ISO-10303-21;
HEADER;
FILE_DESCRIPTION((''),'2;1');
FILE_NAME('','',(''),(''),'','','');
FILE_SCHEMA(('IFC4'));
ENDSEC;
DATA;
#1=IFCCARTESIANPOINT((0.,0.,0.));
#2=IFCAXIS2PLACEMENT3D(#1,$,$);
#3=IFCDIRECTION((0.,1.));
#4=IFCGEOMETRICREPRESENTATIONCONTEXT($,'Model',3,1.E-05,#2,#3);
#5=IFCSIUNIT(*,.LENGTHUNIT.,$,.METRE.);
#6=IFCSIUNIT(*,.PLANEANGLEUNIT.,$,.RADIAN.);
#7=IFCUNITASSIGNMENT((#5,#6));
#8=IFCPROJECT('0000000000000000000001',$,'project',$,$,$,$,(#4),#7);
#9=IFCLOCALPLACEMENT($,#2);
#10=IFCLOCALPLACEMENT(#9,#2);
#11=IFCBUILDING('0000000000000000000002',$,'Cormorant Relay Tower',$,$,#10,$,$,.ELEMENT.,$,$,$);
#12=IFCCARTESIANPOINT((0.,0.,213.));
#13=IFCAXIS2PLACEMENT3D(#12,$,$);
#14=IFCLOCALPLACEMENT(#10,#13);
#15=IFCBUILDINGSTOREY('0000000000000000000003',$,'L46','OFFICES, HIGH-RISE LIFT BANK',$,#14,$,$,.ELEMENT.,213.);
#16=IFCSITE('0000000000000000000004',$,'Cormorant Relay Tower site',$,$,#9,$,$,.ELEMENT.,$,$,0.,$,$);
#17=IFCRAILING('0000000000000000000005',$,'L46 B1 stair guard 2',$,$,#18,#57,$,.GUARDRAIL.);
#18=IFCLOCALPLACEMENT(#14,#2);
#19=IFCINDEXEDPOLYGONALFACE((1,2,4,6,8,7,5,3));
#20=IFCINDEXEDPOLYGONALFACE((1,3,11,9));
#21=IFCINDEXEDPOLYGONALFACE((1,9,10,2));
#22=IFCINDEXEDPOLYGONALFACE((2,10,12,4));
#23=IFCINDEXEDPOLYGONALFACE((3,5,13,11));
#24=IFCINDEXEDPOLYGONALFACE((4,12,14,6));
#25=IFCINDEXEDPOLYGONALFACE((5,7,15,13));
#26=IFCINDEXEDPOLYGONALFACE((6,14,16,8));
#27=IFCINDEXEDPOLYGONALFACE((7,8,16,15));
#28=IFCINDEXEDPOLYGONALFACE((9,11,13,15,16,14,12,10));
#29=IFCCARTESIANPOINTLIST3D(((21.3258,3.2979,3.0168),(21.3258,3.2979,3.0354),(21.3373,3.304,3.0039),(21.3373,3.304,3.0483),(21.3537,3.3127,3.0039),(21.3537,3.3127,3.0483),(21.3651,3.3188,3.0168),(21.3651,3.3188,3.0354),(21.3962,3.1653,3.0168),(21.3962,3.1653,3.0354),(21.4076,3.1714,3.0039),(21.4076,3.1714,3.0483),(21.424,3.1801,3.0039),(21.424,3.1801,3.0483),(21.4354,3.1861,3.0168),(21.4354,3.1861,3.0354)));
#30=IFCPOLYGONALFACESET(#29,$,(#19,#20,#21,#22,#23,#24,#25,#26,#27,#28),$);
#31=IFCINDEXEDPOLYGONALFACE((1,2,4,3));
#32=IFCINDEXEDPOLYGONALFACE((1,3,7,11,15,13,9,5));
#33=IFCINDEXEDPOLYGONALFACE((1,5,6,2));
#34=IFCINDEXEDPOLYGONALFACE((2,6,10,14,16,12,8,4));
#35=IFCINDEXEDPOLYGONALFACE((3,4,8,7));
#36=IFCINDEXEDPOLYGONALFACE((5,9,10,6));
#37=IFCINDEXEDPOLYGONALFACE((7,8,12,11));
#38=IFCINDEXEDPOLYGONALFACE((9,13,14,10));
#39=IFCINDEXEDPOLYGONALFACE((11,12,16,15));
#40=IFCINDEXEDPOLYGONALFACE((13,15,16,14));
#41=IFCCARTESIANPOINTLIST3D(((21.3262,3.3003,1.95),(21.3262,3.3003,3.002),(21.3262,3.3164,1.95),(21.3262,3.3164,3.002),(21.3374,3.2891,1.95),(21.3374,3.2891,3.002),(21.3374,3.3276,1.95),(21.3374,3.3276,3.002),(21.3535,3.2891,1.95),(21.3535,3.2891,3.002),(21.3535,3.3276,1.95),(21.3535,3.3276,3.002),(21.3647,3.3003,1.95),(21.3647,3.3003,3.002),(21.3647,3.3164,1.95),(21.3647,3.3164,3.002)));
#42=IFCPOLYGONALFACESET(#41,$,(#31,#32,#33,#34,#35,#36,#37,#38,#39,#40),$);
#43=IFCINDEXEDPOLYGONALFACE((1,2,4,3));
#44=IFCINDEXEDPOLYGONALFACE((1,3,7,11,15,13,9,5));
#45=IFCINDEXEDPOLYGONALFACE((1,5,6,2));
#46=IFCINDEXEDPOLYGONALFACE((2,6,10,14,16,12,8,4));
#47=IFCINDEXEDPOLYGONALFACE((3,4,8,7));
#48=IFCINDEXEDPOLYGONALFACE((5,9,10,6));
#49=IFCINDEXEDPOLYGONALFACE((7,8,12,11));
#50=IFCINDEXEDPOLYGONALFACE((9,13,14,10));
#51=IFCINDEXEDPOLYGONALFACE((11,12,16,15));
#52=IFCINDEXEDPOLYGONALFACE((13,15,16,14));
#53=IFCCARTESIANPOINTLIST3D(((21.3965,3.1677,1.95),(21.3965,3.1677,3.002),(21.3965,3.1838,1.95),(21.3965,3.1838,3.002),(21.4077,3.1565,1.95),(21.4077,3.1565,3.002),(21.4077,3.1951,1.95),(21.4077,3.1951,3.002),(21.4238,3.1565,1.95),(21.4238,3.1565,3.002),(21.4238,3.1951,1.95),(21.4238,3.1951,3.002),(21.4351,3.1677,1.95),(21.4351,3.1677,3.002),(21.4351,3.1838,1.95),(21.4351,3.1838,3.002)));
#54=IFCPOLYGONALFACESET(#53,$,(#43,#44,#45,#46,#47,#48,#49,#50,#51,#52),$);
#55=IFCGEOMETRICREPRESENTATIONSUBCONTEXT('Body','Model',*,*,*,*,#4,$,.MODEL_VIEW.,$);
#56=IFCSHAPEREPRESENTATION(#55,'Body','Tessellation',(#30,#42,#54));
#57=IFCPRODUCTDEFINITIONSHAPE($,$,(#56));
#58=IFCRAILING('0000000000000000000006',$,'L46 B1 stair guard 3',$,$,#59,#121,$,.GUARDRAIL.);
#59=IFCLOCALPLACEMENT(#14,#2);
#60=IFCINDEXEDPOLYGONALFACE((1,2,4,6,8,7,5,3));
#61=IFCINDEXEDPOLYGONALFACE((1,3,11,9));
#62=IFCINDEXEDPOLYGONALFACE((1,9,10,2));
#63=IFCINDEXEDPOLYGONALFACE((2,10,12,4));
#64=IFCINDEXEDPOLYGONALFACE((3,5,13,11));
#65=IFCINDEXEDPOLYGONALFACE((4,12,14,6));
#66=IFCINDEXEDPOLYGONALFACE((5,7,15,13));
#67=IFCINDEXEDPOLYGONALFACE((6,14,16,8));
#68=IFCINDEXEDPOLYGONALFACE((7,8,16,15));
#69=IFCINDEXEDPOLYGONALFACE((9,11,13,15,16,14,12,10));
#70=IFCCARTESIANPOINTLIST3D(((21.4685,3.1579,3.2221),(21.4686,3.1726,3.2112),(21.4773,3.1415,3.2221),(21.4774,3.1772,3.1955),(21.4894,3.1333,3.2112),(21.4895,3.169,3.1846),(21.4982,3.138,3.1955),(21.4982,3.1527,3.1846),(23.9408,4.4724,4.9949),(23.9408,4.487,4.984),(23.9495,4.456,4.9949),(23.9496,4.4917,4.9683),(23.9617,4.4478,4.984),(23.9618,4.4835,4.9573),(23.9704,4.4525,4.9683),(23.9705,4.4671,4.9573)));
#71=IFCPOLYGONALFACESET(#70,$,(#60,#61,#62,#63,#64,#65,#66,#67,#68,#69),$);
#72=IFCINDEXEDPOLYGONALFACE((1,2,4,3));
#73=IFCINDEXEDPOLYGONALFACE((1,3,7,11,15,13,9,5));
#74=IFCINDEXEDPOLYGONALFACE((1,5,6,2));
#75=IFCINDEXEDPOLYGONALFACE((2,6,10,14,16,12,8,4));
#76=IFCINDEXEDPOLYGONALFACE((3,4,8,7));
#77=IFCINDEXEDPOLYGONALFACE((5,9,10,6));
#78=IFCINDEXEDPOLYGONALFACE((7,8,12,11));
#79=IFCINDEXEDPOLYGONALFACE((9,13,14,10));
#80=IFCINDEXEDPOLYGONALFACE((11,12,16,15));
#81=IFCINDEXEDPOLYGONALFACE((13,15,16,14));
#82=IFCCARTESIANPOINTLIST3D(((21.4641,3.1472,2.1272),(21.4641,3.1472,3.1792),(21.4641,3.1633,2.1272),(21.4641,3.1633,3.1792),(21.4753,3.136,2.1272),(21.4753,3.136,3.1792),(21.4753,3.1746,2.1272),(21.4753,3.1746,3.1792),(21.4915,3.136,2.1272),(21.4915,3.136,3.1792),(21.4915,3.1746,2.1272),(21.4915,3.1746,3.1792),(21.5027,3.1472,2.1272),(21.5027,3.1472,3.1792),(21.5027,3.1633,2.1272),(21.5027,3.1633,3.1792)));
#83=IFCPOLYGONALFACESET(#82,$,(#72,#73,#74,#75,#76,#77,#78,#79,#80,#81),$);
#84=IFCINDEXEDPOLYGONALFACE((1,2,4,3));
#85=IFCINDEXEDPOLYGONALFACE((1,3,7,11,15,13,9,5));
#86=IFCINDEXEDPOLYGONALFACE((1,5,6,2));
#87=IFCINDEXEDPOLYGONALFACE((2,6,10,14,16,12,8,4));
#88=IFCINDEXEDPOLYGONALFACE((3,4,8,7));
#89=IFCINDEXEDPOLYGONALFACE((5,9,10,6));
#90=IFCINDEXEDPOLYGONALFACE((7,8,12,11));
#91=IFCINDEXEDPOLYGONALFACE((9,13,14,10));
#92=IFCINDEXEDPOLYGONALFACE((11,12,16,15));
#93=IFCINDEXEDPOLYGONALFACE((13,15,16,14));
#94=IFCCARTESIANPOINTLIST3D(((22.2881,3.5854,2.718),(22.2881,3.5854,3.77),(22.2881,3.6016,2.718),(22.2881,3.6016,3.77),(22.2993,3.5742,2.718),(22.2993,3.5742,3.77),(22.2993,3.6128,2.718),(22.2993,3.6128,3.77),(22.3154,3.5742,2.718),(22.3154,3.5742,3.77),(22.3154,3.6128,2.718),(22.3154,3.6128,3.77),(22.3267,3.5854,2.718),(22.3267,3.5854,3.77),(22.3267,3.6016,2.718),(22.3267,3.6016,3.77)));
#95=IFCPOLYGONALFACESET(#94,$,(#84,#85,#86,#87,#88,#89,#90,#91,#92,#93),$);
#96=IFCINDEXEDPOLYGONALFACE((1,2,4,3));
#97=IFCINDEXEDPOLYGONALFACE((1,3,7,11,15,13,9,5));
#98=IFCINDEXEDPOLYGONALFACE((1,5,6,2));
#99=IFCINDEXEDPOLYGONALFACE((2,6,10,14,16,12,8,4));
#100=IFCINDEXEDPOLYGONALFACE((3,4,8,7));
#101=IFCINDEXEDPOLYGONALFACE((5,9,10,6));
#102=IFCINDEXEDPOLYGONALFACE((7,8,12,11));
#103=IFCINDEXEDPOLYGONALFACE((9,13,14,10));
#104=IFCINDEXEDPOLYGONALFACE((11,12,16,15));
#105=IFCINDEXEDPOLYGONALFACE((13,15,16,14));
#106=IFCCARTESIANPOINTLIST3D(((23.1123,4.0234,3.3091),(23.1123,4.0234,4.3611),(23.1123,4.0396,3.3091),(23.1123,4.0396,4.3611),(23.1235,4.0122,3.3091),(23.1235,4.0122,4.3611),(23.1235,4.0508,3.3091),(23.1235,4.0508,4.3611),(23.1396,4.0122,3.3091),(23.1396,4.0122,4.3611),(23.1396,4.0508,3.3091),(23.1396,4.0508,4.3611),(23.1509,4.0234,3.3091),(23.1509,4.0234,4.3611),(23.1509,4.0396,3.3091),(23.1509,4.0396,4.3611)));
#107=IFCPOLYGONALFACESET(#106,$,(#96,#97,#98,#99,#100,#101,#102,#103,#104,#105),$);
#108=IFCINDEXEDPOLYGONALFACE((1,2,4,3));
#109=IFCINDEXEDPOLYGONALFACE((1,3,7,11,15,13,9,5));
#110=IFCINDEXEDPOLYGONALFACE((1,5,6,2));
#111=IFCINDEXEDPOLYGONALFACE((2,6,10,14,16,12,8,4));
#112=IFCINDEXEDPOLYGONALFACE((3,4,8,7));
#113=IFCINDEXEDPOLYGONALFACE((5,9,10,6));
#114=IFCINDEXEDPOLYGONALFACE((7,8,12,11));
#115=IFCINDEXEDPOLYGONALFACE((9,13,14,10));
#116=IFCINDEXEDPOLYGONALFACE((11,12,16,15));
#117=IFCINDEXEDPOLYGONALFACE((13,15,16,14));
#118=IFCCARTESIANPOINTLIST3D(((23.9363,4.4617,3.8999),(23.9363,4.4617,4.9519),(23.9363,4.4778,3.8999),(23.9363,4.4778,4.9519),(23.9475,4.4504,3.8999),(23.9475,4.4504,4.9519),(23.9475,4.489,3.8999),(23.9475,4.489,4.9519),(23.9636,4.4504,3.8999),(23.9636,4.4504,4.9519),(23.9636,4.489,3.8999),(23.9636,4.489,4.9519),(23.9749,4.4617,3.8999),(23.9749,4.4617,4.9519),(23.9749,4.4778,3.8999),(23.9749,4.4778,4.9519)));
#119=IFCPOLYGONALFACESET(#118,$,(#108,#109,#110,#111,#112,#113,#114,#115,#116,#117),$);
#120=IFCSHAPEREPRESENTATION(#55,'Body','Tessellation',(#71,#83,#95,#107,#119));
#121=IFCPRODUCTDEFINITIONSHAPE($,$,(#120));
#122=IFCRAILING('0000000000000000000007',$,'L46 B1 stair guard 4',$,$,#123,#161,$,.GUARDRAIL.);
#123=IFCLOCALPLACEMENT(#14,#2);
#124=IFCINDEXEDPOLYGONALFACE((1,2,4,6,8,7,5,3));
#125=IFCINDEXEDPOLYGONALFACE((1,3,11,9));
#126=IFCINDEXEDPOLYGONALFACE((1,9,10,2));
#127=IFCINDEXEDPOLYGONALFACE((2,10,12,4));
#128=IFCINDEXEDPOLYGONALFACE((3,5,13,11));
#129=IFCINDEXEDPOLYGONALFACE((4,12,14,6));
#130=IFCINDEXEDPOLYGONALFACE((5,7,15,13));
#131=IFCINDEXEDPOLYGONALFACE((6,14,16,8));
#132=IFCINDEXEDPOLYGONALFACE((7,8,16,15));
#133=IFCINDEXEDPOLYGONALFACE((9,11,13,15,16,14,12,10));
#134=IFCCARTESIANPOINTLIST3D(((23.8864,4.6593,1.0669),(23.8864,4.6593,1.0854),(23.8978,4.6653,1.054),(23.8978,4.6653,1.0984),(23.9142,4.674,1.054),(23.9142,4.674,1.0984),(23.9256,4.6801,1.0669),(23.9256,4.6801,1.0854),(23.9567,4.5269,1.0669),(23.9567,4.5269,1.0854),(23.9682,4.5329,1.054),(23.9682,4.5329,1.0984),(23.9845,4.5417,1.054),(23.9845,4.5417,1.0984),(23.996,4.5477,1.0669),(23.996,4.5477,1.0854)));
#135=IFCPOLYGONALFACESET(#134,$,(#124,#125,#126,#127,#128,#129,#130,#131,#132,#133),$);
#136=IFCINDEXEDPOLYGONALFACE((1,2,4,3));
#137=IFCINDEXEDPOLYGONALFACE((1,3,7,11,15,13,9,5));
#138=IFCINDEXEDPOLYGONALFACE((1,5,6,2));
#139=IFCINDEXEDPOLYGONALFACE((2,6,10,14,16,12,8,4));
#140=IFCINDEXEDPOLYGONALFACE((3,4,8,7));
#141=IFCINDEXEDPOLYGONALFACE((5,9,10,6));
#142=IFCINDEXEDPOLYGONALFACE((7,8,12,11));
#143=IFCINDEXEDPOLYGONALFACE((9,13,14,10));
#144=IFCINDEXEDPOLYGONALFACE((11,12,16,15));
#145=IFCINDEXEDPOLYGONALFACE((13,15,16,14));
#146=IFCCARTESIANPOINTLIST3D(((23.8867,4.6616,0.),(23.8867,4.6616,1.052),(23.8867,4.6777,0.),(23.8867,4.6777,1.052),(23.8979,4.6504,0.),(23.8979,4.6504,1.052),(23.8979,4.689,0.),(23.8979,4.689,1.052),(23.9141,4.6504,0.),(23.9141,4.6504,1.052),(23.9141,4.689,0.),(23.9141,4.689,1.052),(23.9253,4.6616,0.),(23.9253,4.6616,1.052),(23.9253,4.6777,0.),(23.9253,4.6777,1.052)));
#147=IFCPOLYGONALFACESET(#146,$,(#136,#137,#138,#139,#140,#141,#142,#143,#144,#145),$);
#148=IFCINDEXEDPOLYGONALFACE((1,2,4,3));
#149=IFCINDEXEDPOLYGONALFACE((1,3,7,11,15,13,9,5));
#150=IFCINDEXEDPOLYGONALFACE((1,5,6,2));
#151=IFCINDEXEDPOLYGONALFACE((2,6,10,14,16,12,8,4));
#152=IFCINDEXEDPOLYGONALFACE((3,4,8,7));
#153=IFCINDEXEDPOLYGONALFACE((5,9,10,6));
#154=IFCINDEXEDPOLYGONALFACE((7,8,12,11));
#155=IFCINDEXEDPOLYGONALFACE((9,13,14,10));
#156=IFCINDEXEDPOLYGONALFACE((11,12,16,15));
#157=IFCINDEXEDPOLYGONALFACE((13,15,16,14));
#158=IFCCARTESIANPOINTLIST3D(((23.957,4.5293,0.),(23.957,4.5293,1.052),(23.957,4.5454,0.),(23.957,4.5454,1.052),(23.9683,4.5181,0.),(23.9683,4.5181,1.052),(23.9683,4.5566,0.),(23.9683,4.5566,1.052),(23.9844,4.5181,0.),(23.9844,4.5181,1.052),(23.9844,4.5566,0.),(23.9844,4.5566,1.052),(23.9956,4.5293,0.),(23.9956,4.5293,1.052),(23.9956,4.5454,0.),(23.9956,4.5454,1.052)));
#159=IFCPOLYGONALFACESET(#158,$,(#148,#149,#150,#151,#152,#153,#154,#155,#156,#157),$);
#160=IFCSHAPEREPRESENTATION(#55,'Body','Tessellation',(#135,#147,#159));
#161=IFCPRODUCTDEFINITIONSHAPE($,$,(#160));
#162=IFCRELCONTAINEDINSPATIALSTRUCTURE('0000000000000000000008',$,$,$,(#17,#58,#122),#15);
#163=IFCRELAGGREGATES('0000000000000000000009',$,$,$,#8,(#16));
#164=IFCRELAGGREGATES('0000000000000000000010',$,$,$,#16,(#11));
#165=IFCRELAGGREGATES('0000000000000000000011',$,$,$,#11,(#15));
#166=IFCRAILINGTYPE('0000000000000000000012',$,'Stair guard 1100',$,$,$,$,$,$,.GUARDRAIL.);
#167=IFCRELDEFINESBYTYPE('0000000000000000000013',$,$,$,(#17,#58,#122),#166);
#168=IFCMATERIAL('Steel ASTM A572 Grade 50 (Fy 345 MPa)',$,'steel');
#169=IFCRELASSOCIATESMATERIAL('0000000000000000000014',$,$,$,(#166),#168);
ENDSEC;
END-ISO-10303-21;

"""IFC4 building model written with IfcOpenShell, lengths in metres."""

from ifc_helpers import new_model, si_unit, direction, frame, origin, place, context, subcontext, project, spatial, polyline, outline, extrude, material, type_object, element, save


model = new_model("IFC4")

# Units and contexts
model_context = context("Model", 3, precision=1e-05, world=origin(), true_north=direction((0.0, 1.0)))
body_context = subcontext(model_context, "Body", "Model", "MODEL_VIEW")
ifc_project = project(units=[si_unit("LENGTHUNIT", "METRE"), si_unit("PLANEANGLEUNIT", "RADIAN")], contexts=[model_context])

# Site, building, storey
site_placement = place(None, origin())
site = spatial("IfcSite", under=ifc_project, at=site_placement, Name="Cormorant Relay Tower site", CompositionType="ELEMENT", RefElevation=0.0)
building_placement = place(site_placement, origin())
building = spatial("IfcBuilding", under=site, at=building_placement, Name="Cormorant Relay Tower", CompositionType="ELEMENT")
storey_placement = place(building_placement, frame((0.0, 0.0, 213.0)))
storey = spatial("IfcBuildingStorey", under=building, at=storey_placement, Name="L46", Description="OFFICES, HIGH-RISE LIFT BANK", CompositionType="ELEMENT", Elevation=213.0)

# Railings
ifc_material_1 = material(Name="Steel ASTM A572 Grade 50 (Fy 345 MPa)", Category="steel")
railing_type_1 = type_object("IfcRailingType", Name="Stair guard 1100", PredefinedType="GUARDRAIL", material=ifc_material_1)
railing_1_placement = place(storey_placement, frame((21.3455, 3.3083, 1.95)))
element("IfcRailing", 1, at=railing_1_placement, inside=storey, type_object=railing_type_1, Name="L46 B1 stair guard 2", PredefinedType="GUARDRAIL", context=body_context, shape_type="SweptSolid", body=[
    extrude(outline(polyline([(0.0222, 0.0093), (0.0093, 0.0222), (-0.0093, 0.0222), (-0.0222, 0.0093), (-0.0222, -0.0093), (-0.0093, -0.0222), (0.0093, -0.0222), (0.0222, -0.0093), (0.0222, 0.0093)])), frame((0.0, 0.0, 1.0762), z_axis=(0.46856, -0.883431, 0.0), x_axis=(0.883431, 0.46856, 0.0)), (0.0, 0.0, 1.0), 0.1501),
    extrude(outline(polyline([(0.0193, 0.0081), (0.0081, 0.0193), (-0.0081, 0.0193), (-0.0193, 0.0081), (-0.0193, -0.0081), (-0.0081, -0.0193), (0.0081, -0.0193), (0.0193, -0.0081), (0.0193, 0.0081)])), origin(), (0.0, 0.0, 1.0), 1.052),
    extrude(outline(polyline([(0.0193, 0.0081), (0.0081, 0.0193), (-0.0081, 0.0193), (-0.0193, 0.0081), (-0.0193, -0.0081), (-0.0081, -0.0193), (0.0081, -0.0193), (0.0193, -0.0081), (0.0193, 0.0081)])), frame((0.0703, -0.1326, 0.0)), (0.0, 0.0, 1.0), 1.052),
])
railing_2_placement = place(storey_placement, frame((21.4834, 3.1553, 2.1272)))
element("IfcRailing", 2, at=railing_2_placement, inside=storey, type_object=railing_type_1, Name="L46 B1 stair guard 3", PredefinedType="GUARDRAIL", context=body_context, shape_type="SweptSolid", body=[
    extrude(outline(polyline([(0.0222, 0.0093), (0.0093, 0.0222), (-0.0093, 0.0222), (-0.0222, 0.0093), (-0.0222, -0.0093), (-0.0093, -0.0222), (0.0093, -0.0222), (0.0222, -0.0093), (0.0222, 0.0093)])), frame((0.0, 0.0, 1.0762), z_axis=(0.746001, 0.396649, 0.534931), x_axis=(-0.469465, 0.882951, 0.0)), (0.0, 0.0, 1.0), 3.314),
    extrude(outline(polyline([(0.0193, 0.0081), (0.0081, 0.0193), (-0.0081, 0.0193), (-0.0193, 0.0081), (-0.0193, -0.0081), (-0.0081, -0.0193), (0.0081, -0.0193), (0.0193, -0.0081), (0.0193, 0.0081)])), origin(), (0.0, 0.0, 1.0), 1.052),
    extrude(outline(polyline([(0.0193, 0.0081), (0.0081, 0.0193), (-0.0081, 0.0193), (-0.0193, 0.0081), (-0.0193, -0.0081), (-0.0081, -0.0193), (0.0081, -0.0193), (0.0193, -0.0081), (0.0193, 0.0081)])), frame((0.824, 0.4382, 0.5908)), (0.0, 0.0, 1.0), 1.052),
    extrude(outline(polyline([(0.0193, 0.0081), (0.0081, 0.0193), (-0.0081, 0.0193), (-0.0193, 0.0081), (-0.0193, -0.0081), (-0.0081, -0.0193), (0.0081, -0.0193), (0.0193, -0.0081), (0.0193, 0.0081)])), frame((1.6482, 0.8762, 1.1819)), (0.0, 0.0, 1.0), 1.052),
    extrude(outline(polyline([(0.0193, 0.0081), (0.0081, 0.0193), (-0.0081, 0.0193), (-0.0193, 0.0081), (-0.0193, -0.0081), (-0.0081, -0.0193), (0.0081, -0.0193), (0.0193, -0.0081), (0.0193, 0.0081)])), frame((2.4722, 1.3145, 1.7727)), (0.0, 0.0, 1.0), 1.052),
])
railing_3_placement = place(storey_placement, frame((23.906, 4.6697, 0.0)))
element("IfcRailing", 3, at=railing_3_placement, inside=storey, type_object=railing_type_1, Name="L46 B1 stair guard 4", PredefinedType="GUARDRAIL", context=body_context, shape_type="SweptSolid", body=[
    extrude(outline(polyline([(0.0222, 0.0093), (0.0093, 0.0222), (-0.0093, 0.0222), (-0.0222, 0.0093), (-0.0222, -0.0093), (-0.0093, -0.0222), (0.0093, -0.0222), (0.0222, -0.0093), (0.0222, 0.0093)])), frame((0.0, 0.0, 1.0762), z_axis=(0.469235, -0.883074, 0.0), x_axis=(0.883074, 0.469235, 0.0)), (0.0, 0.0, 1.0), 0.1499),
    extrude(outline(polyline([(0.0193, 0.0081), (0.0081, 0.0193), (-0.0081, 0.0193), (-0.0193, 0.0081), (-0.0193, -0.0081), (-0.0081, -0.0193), (0.0081, -0.0193), (0.0193, -0.0081), (0.0193, 0.0081)])), origin(), (0.0, 0.0, 1.0), 1.052),
    extrude(outline(polyline([(0.0193, 0.0081), (0.0081, 0.0193), (-0.0081, 0.0193), (-0.0193, 0.0081), (-0.0193, -0.0081), (-0.0081, -0.0193), (0.0081, -0.0193), (0.0193, -0.0081), (0.0193, 0.0081)])), frame((0.0703, -0.1323, 0.0)), (0.0, 0.0, 1.0), 1.052),
])

save(model, "model.ifc")
